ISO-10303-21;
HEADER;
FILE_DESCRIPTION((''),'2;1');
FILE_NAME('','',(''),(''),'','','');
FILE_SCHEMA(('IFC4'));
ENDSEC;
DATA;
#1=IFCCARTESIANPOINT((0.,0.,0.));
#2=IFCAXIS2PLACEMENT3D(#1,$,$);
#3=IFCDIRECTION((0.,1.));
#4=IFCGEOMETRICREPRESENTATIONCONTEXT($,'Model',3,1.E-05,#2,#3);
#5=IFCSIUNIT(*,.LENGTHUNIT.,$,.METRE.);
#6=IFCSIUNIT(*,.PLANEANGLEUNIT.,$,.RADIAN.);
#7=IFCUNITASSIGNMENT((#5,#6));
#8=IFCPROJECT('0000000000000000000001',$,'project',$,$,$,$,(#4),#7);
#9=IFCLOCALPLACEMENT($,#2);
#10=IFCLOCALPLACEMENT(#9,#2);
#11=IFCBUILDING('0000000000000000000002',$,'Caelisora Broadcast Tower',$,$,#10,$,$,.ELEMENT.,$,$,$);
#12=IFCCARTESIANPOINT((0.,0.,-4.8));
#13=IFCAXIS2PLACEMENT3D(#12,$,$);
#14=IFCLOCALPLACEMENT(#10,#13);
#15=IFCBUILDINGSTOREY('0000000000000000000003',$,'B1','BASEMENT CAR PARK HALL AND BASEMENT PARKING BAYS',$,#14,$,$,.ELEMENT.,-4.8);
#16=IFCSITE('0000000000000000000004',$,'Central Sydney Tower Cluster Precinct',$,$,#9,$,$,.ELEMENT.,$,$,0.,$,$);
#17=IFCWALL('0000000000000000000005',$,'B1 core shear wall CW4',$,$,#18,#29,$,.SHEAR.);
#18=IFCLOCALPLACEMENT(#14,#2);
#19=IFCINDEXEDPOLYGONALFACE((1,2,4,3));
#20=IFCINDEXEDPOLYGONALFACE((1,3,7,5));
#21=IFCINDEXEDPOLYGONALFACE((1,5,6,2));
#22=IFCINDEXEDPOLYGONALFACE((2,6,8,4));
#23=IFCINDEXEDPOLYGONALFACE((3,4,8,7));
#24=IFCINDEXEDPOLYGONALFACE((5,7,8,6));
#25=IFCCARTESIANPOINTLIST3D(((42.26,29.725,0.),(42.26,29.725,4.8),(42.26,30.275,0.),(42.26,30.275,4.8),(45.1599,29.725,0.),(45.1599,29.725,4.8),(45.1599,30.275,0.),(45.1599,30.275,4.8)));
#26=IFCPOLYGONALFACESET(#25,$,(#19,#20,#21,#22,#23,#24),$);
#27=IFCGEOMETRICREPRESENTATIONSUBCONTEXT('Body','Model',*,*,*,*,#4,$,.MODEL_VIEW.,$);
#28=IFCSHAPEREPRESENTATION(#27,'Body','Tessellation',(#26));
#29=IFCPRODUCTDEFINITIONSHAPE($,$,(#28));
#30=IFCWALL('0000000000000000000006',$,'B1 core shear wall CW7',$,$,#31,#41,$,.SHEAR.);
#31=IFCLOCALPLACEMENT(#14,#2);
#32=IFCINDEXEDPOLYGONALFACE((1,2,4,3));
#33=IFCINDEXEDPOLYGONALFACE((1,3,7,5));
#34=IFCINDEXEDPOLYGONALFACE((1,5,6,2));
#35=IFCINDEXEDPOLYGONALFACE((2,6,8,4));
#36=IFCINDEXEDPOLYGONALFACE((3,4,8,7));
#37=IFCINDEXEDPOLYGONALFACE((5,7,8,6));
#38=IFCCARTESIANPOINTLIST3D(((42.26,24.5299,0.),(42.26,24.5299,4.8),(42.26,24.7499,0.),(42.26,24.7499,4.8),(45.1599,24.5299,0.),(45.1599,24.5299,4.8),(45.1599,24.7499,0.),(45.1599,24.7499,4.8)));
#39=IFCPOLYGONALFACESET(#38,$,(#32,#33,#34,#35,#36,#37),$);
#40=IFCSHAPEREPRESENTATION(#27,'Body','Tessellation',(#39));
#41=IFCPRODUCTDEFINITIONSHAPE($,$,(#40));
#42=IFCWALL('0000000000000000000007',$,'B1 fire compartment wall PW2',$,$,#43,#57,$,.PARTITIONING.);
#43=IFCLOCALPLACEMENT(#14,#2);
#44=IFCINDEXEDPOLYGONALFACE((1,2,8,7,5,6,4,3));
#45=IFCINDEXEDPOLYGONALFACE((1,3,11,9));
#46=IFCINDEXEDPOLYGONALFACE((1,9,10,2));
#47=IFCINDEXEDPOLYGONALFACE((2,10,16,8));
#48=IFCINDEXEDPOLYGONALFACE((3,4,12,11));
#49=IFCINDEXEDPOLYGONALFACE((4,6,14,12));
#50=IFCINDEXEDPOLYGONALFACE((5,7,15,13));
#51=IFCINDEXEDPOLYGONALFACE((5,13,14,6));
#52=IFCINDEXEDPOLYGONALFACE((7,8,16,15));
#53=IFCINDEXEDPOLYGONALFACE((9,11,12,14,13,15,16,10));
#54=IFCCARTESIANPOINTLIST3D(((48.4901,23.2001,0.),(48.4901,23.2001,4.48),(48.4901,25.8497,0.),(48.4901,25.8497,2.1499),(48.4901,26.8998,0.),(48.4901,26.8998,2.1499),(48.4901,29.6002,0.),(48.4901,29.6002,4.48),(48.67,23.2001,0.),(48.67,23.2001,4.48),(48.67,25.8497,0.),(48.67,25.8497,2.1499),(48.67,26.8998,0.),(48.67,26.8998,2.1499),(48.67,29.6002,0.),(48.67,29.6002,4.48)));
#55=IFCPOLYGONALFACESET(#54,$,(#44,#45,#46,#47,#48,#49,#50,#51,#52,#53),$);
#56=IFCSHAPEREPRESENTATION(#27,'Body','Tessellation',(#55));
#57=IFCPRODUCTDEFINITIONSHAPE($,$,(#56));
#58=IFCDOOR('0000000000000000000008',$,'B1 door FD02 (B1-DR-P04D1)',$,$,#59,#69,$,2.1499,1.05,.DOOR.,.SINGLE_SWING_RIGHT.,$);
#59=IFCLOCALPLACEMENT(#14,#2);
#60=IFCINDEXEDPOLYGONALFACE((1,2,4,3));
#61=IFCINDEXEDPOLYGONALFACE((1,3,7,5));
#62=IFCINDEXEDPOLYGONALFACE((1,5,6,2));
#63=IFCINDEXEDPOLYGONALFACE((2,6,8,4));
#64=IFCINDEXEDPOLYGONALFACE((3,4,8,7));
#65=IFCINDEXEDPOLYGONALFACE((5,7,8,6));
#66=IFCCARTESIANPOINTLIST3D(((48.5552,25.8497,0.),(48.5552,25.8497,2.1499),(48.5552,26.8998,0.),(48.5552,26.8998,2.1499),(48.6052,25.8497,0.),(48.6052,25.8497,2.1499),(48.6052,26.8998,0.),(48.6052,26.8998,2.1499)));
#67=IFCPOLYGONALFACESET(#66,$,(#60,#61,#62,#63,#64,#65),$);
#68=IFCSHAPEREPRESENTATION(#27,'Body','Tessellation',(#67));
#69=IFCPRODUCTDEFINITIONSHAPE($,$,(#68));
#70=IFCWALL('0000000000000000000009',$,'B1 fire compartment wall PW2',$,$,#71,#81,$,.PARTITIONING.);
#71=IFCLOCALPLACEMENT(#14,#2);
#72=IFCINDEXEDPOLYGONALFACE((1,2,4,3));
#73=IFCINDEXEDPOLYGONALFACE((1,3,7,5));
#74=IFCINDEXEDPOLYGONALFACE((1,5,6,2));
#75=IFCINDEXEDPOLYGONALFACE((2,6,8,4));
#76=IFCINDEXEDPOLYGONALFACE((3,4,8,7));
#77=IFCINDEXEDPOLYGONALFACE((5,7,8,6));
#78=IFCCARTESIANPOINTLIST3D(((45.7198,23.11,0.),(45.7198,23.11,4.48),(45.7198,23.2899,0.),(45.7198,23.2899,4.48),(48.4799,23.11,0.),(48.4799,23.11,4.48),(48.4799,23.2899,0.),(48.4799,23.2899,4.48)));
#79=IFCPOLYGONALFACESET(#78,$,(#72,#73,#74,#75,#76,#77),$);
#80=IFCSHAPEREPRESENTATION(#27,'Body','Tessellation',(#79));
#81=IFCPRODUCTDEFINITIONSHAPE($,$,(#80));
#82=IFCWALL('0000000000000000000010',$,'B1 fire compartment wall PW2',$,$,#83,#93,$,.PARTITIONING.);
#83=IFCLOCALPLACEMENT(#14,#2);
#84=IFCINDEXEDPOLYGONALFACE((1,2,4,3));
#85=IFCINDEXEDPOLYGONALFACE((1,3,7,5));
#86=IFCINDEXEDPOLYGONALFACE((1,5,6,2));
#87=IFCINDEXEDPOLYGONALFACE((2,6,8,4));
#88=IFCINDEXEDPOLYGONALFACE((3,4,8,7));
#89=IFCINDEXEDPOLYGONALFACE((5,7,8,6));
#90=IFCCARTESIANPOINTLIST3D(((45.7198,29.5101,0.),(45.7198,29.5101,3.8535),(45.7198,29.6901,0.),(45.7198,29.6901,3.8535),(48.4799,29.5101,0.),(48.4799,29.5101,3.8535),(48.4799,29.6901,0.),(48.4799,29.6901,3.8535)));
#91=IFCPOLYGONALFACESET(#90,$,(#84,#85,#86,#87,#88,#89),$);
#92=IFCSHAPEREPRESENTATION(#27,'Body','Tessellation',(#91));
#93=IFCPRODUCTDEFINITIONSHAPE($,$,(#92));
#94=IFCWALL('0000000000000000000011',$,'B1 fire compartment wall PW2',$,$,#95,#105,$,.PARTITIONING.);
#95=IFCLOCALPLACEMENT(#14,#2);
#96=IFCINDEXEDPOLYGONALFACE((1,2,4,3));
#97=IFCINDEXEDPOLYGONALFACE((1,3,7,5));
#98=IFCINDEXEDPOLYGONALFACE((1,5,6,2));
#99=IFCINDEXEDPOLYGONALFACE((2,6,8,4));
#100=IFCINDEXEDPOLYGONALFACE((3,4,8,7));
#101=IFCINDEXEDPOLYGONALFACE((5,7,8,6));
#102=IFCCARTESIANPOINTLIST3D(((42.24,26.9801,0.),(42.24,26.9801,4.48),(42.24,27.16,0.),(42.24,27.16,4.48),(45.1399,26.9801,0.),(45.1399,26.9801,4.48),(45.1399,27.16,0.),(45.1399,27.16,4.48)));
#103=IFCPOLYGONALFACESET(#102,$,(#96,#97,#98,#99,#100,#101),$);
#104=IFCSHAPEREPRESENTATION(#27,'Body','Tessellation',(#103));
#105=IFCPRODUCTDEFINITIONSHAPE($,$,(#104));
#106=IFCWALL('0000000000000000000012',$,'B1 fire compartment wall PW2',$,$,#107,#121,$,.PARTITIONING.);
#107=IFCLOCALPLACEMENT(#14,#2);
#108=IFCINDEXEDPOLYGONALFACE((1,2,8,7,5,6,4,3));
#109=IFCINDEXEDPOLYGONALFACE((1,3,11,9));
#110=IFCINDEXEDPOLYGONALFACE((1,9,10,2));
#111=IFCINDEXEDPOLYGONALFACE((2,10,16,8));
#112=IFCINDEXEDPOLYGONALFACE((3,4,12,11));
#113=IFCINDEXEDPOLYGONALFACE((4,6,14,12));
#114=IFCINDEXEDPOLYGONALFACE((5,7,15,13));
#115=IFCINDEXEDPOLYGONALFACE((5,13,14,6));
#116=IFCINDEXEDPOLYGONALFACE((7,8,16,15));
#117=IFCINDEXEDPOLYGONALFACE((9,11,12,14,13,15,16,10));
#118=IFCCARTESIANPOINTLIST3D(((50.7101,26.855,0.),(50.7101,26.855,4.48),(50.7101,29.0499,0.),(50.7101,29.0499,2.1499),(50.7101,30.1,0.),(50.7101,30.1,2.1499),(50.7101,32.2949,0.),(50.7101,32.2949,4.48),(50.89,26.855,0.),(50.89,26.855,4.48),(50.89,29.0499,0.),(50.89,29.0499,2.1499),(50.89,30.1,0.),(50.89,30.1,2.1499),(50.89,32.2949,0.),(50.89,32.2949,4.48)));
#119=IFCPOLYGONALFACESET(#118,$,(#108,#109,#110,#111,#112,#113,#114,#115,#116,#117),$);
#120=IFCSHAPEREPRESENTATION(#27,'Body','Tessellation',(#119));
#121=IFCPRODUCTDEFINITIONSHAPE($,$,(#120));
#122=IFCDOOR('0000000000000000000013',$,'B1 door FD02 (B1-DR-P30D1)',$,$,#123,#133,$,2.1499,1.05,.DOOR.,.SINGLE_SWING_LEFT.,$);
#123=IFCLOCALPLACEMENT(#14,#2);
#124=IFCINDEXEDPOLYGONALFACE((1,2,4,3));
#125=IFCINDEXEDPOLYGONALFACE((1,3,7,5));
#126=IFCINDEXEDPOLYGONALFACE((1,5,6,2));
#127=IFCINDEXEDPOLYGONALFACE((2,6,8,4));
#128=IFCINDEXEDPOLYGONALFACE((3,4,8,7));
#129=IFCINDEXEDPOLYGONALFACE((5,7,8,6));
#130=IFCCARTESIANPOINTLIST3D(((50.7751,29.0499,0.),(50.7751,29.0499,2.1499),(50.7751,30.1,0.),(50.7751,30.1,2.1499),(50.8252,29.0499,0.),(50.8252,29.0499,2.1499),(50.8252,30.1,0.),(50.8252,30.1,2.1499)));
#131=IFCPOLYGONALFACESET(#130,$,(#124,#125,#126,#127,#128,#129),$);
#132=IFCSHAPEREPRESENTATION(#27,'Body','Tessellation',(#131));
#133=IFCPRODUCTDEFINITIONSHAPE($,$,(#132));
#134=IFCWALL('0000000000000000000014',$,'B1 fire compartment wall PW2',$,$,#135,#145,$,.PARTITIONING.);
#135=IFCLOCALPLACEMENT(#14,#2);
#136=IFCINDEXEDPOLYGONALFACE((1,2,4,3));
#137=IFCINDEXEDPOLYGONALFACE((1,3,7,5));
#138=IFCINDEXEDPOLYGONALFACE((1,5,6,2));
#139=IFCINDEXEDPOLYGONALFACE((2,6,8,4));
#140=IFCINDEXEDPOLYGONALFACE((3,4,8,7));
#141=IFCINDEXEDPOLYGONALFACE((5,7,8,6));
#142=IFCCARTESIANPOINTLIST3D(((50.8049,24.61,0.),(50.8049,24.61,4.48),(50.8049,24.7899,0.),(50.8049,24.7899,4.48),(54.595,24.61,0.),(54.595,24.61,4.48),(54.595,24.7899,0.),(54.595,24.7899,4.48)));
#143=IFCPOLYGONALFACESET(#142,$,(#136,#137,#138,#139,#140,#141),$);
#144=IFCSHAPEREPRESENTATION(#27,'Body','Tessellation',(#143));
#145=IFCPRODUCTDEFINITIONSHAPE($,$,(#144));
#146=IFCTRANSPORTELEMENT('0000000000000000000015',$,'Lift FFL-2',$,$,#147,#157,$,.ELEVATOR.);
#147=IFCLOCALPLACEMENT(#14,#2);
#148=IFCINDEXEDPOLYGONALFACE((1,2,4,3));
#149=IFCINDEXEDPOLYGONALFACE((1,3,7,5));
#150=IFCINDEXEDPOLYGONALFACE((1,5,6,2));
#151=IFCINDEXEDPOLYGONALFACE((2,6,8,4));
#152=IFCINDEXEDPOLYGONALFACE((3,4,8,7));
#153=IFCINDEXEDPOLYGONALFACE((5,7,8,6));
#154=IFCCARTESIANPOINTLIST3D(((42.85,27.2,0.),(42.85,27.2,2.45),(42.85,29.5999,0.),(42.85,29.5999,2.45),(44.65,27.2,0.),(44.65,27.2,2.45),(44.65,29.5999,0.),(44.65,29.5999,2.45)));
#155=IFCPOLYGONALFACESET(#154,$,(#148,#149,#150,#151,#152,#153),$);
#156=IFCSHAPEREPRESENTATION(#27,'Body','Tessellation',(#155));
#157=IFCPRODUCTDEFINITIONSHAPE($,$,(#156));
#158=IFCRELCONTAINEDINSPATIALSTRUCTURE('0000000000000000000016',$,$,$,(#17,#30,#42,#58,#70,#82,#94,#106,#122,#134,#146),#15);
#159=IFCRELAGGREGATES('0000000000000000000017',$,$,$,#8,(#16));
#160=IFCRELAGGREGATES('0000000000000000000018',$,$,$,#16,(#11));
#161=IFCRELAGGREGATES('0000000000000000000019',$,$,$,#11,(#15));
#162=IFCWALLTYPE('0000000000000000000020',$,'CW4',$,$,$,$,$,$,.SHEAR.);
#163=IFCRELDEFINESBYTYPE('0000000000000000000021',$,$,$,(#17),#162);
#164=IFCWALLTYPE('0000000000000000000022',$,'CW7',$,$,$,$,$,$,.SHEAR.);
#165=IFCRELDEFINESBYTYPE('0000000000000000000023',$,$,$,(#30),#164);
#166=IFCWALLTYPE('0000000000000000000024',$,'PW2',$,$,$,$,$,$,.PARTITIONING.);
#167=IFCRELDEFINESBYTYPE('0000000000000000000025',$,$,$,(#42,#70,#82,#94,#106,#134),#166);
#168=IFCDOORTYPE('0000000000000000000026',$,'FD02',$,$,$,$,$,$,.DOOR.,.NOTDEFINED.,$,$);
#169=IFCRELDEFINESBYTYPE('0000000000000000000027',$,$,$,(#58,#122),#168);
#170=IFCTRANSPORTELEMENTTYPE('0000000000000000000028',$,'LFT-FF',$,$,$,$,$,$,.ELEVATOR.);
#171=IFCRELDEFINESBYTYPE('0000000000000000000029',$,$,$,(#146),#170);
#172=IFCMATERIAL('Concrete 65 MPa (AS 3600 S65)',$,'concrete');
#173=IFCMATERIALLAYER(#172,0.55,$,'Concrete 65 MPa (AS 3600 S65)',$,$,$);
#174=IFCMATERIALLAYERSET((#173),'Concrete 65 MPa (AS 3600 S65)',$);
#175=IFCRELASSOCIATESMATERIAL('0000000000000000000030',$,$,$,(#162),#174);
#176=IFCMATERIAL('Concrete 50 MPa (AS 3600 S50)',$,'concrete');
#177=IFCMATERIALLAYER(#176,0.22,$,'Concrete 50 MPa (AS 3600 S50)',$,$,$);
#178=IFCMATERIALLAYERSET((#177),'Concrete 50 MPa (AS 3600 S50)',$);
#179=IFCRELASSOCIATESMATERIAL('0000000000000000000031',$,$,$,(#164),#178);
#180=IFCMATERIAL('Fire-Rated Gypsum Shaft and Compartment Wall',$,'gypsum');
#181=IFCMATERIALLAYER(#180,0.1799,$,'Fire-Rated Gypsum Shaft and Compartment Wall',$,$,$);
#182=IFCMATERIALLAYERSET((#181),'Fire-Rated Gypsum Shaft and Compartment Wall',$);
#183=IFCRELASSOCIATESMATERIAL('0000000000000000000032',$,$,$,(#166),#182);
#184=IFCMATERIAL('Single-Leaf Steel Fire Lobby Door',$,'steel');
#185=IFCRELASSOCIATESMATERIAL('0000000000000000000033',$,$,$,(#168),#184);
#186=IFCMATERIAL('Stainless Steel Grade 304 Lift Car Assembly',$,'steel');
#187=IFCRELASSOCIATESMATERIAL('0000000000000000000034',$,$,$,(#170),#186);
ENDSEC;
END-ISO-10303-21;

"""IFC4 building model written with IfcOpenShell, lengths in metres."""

from ifc_helpers import new_model, si_unit, direction, frame, frame_2d, origin, origin_2d, place, context, subcontext, project, spatial, rectangle, extrude, source, transform, mapped, material, layer, layer_set, type_object, type_shapes, element, fill, save


model = new_model("IFC4")

# Units and contexts
model_context = context("Model", 3, precision=1e-05, world=origin(), true_north=direction((0.0, 1.0)))
body_context = subcontext(model_context, "Body", "Model", "MODEL_VIEW")
ifc_project = project(units=[si_unit("LENGTHUNIT", "METRE"), si_unit("PLANEANGLEUNIT", "RADIAN")], contexts=[model_context])

# Site, building, storey
site_placement = place(None, origin())
site = spatial("IfcSite", under=ifc_project, at=site_placement, Name="Central Sydney Tower Cluster Precinct", CompositionType="ELEMENT", RefElevation=0.0)
building_placement = place(site_placement, origin())
building = spatial("IfcBuilding", under=site, at=building_placement, Name="Caelisora Broadcast Tower", CompositionType="ELEMENT")
storey_placement = place(building_placement, frame((0.0, 0.0, -4.8)))
storey = spatial("IfcBuildingStorey", under=building, at=storey_placement, Name="B1", Description="BASEMENT CAR PARK HALL AND BASEMENT PARKING BAYS", CompositionType="ELEMENT", Elevation=-4.8)

# Shared definitions
ifc_material_1 = material(Name="Concrete 50 MPa (AS 3600 S50)", Category="concrete")

# Shared definitions
ifc_material_2 = material(Name="Concrete 65 MPa (AS 3600 S65)", Category="concrete")

# Walls
ifc_layer_1 = layer(ifc_material_2, 0.55, Name="Concrete 65 MPa (AS 3600 S65)")
ifc_layer_set_1 = layer_set([ifc_layer_1], Name="Concrete 65 MPa (AS 3600 S65)")
wall_type_1 = type_object("IfcWallType", Name="CW4", PredefinedType="SHEAR", material=ifc_layer_set_1)
wall_1_placement = place(storey_placement, frame((42.26, 30.0, 0.0), z_axis=(0.0, 0.0, 1.0), x_axis=(1.0, 0.0, 0.0)))
element("IfcWall", 1, at=wall_1_placement, inside=storey, type_object=wall_type_1, Name="B1 core shear wall CW4", PredefinedType="SHEAR", context=body_context, shape_type="SweptSolid", body=[
    extrude(rectangle(XDim=2.8999, YDim=0.55, at=frame_2d((1.45, 0.0))), origin(), (0.0, 0.0, 1.0), 4.8),
])
ifc_layer_2 = layer(ifc_material_1, 0.22, Name="Concrete 50 MPa (AS 3600 S50)")
ifc_layer_set_2 = layer_set([ifc_layer_2], Name="Concrete 50 MPa (AS 3600 S50)")
wall_type_2 = type_object("IfcWallType", Name="CW7", PredefinedType="SHEAR", material=ifc_layer_set_2)
wall_2_placement = place(storey_placement, frame((42.26, 24.6399, 0.0), z_axis=(0.0, 0.0, 1.0), x_axis=(1.0, 0.0, 0.0)))
element("IfcWall", 2, at=wall_2_placement, inside=storey, type_object=wall_type_2, Name="B1 core shear wall CW7", PredefinedType="SHEAR", context=body_context, shape_type="SweptSolid", body=[
    extrude(rectangle(XDim=2.8999, YDim=0.22, at=frame_2d((1.45, 0.0))), origin(), (0.0, 0.0, 1.0), 4.8),
])

# Wall, opening, door
ifc_material_3 = material(Name="Fire-Rated Gypsum Shaft and Compartment Wall", Category="gypsum")
ifc_layer_3 = layer(ifc_material_3, 0.1799, Name="Fire-Rated Gypsum Shaft and Compartment Wall")
ifc_layer_set_3 = layer_set([ifc_layer_3], Name="Fire-Rated Gypsum Shaft and Compartment Wall")
wall_type_3 = type_object("IfcWallType", Name="PW2", PredefinedType="PARTITIONING", material=ifc_layer_set_3)
wall_3_placement = place(storey_placement, frame((48.5801, 23.2, 0.0), z_axis=(0.0, 0.0, 1.0), x_axis=(0.0, 1.0, 0.0)))
wall_3 = element("IfcWall", 3, at=wall_3_placement, inside=storey, type_object=wall_type_3, Name="B1 fire compartment wall PW2", PredefinedType="PARTITIONING", context=body_context, shape_type="SweptSolid", body=[
    extrude(rectangle(XDim=6.4001, YDim=0.1799, at=frame_2d((3.2002, 0.0))), origin(), (0.0, 0.0, 1.0), 4.48),
])
opening_1_placement = place(wall_3_placement, frame((2.6499, 0.0, 0.0)))
opening_1 = element("IfcOpeningElement", 4, at=opening_1_placement, cuts=wall_3, PredefinedType="OPENING", context=body_context, shape_type="SweptSolid", body=[
    extrude(rectangle(XDim=1.05, YDim=2.1499, at=frame_2d((0.5249, 1.075))), frame((0.0, 0.1021, 0.0), z_axis=(0.0, -1.0, 0.0), x_axis=(1.0, 0.0, 0.0)), (0.0, 0.0, 1.0), 0.2039),
])
ifc_material_4 = material(Name="Single-Leaf Steel Fire Lobby Door", Category="steel")
door_type = type_object("IfcDoorType", Name="FD02", OperationType="NOTDEFINED", PredefinedType="DOOR", material=ifc_material_4)
door_1_placement = place(opening_1_placement, origin())
door_1 = element("IfcDoor", 5, at=door_1_placement, inside=storey, type_object=door_type, Name="B1 door FD02 (B1-DR-P04D1)", OperationType="SINGLE_SWING_RIGHT", OverallHeight=2.1499, OverallWidth=1.05, PredefinedType="DOOR", context=body_context, shape_type="SweptSolid", body=[
    extrude(rectangle(XDim=1.05, YDim=2.1499, at=frame_2d((0.5249, 1.075))), frame((0.0, 0.0249, 0.0), z_axis=(0.0, -1.0, 0.0), x_axis=(1.0, 0.0, 0.0)), (0.0, 0.0, 1.0), 0.05),
])
fill(opening_1, door_1)

# Walls
wall_4_placement = place(storey_placement, frame((45.72, 23.2, 0.0), z_axis=(0.0, 0.0, 1.0), x_axis=(1.0, 0.0, 0.0)))
element("IfcWall", 6, at=wall_4_placement, inside=storey, type_object=wall_type_3, Name="B1 fire compartment wall PW2", PredefinedType="PARTITIONING", context=body_context, shape_type="SweptSolid", body=[
    extrude(rectangle(XDim=2.76, YDim=0.1799, at=frame_2d((1.3799, 0.0))), origin(), (0.0, 0.0, 1.0), 4.48),
])
wall_5_placement = place(storey_placement, frame((45.72, 29.6001, 0.0), z_axis=(0.0, 0.0, 1.0), x_axis=(1.0, 0.0, 0.0)))
element("IfcWall", 7, at=wall_5_placement, inside=storey, type_object=wall_type_3, Name="B1 fire compartment wall PW2", PredefinedType="PARTITIONING", context=body_context, shape_type="SweptSolid", body=[
    extrude(rectangle(XDim=2.76, YDim=0.1799, at=frame_2d((1.3799, 0.0))), origin(), (0.0, 0.0, 1.0), 3.8535),
])
wall_6_placement = place(storey_placement, frame((42.24, 27.0701, 0.0), z_axis=(0.0, 0.0, 1.0), x_axis=(1.0, 0.0, 0.0)))
element("IfcWall", 8, at=wall_6_placement, inside=storey, type_object=wall_type_3, Name="B1 fire compartment wall PW2", PredefinedType="PARTITIONING", context=body_context, shape_type="SweptSolid", body=[
    extrude(rectangle(XDim=2.8999, YDim=0.1799, at=frame_2d((1.45, 0.0))), origin(), (0.0, 0.0, 1.0), 4.48),
])

# Wall, opening, door
wall_7_placement = place(storey_placement, frame((50.8, 26.855, 0.0), z_axis=(0.0, 0.0, 1.0), x_axis=(0.0, 1.0, 0.0)))
wall_7 = element("IfcWall", 9, at=wall_7_placement, inside=storey, type_object=wall_type_3, Name="B1 fire compartment wall PW2", PredefinedType="PARTITIONING", context=body_context, shape_type="SweptSolid", body=[
    extrude(rectangle(XDim=5.4399, YDim=0.1799, at=frame_2d((2.72, 0.0))), origin(), (0.0, 0.0, 1.0), 4.48),
])
opening_2_placement = place(wall_7_placement, frame((2.1951, 0.0, 0.0)))
opening_2 = element("IfcOpeningElement", 10, at=opening_2_placement, cuts=wall_7, PredefinedType="OPENING", context=body_context, shape_type="SweptSolid", body=[
    extrude(rectangle(XDim=1.05, YDim=2.1499, at=frame_2d((0.5249, 1.075))), frame((0.0, 0.1021, 0.0), z_axis=(0.0, -1.0, 0.0), x_axis=(1.0, 0.0, 0.0)), (0.0, 0.0, 1.0), 0.2039),
])
door_2_placement = place(opening_2_placement, origin())
door_2 = element("IfcDoor", 11, at=door_2_placement, inside=storey, type_object=door_type, Name="B1 door FD02 (B1-DR-P30D1)", OperationType="SINGLE_SWING_LEFT", OverallHeight=2.1499, OverallWidth=1.05, PredefinedType="DOOR", context=body_context, shape_type="SweptSolid", body=[
    extrude(rectangle(XDim=1.05, YDim=2.1499, at=frame_2d((0.5249, 1.075))), frame((0.0, 0.0249, 0.0), z_axis=(0.0, -1.0, 0.0), x_axis=(1.0, 0.0, 0.0)), (0.0, 0.0, 1.0), 0.05),
])
fill(opening_2, door_2)

# Wall
wall_8_placement = place(storey_placement, frame((50.8049, 24.7, 0.0), z_axis=(0.0, 0.0, 1.0), x_axis=(1.0, 0.0, 0.0)))
element("IfcWall", 12, at=wall_8_placement, inside=storey, type_object=wall_type_3, Name="B1 fire compartment wall PW2", PredefinedType="PARTITIONING", context=body_context, shape_type="SweptSolid", body=[
    extrude(rectangle(XDim=3.79, YDim=0.1799, at=frame_2d((1.895, 0.0))), origin(), (0.0, 0.0, 1.0), 4.48),
])

# Transport element
ifc_material_5 = material(Name="Stainless Steel Grade 304 Lift Car Assembly", Category="steel")
transport_element_type = type_object("IfcTransportElementType", Name="LFT-FF", PredefinedType="ELEVATOR", material=ifc_material_5)
shared_shape_1 = source(origin(), body_context, "Body", "SweptSolid", [
    extrude(rectangle(XDim=1.8, YDim=2.3999, at=origin_2d()), origin(), (0.0, 0.0, 1.0), 2.45),
])
type_shapes(transport_element_type, [shared_shape_1])
transport_element_placement = place(storey_placement, frame((43.75, 28.3999, 0.0), z_axis=(0.0, 0.0, 1.0), x_axis=(1.0, 0.0, 0.0)))
element("IfcTransportElement", 13, at=transport_element_placement, inside=storey, type_object=transport_element_type, Name="Lift FFL-2", PredefinedType="ELEVATOR", context=body_context, shape_type="MappedRepresentation", body=[
    mapped(shared_shape_1, transform((0.0, 0.0, 0.0), scale=1.0)),
])

save(model, "model.ifc")
